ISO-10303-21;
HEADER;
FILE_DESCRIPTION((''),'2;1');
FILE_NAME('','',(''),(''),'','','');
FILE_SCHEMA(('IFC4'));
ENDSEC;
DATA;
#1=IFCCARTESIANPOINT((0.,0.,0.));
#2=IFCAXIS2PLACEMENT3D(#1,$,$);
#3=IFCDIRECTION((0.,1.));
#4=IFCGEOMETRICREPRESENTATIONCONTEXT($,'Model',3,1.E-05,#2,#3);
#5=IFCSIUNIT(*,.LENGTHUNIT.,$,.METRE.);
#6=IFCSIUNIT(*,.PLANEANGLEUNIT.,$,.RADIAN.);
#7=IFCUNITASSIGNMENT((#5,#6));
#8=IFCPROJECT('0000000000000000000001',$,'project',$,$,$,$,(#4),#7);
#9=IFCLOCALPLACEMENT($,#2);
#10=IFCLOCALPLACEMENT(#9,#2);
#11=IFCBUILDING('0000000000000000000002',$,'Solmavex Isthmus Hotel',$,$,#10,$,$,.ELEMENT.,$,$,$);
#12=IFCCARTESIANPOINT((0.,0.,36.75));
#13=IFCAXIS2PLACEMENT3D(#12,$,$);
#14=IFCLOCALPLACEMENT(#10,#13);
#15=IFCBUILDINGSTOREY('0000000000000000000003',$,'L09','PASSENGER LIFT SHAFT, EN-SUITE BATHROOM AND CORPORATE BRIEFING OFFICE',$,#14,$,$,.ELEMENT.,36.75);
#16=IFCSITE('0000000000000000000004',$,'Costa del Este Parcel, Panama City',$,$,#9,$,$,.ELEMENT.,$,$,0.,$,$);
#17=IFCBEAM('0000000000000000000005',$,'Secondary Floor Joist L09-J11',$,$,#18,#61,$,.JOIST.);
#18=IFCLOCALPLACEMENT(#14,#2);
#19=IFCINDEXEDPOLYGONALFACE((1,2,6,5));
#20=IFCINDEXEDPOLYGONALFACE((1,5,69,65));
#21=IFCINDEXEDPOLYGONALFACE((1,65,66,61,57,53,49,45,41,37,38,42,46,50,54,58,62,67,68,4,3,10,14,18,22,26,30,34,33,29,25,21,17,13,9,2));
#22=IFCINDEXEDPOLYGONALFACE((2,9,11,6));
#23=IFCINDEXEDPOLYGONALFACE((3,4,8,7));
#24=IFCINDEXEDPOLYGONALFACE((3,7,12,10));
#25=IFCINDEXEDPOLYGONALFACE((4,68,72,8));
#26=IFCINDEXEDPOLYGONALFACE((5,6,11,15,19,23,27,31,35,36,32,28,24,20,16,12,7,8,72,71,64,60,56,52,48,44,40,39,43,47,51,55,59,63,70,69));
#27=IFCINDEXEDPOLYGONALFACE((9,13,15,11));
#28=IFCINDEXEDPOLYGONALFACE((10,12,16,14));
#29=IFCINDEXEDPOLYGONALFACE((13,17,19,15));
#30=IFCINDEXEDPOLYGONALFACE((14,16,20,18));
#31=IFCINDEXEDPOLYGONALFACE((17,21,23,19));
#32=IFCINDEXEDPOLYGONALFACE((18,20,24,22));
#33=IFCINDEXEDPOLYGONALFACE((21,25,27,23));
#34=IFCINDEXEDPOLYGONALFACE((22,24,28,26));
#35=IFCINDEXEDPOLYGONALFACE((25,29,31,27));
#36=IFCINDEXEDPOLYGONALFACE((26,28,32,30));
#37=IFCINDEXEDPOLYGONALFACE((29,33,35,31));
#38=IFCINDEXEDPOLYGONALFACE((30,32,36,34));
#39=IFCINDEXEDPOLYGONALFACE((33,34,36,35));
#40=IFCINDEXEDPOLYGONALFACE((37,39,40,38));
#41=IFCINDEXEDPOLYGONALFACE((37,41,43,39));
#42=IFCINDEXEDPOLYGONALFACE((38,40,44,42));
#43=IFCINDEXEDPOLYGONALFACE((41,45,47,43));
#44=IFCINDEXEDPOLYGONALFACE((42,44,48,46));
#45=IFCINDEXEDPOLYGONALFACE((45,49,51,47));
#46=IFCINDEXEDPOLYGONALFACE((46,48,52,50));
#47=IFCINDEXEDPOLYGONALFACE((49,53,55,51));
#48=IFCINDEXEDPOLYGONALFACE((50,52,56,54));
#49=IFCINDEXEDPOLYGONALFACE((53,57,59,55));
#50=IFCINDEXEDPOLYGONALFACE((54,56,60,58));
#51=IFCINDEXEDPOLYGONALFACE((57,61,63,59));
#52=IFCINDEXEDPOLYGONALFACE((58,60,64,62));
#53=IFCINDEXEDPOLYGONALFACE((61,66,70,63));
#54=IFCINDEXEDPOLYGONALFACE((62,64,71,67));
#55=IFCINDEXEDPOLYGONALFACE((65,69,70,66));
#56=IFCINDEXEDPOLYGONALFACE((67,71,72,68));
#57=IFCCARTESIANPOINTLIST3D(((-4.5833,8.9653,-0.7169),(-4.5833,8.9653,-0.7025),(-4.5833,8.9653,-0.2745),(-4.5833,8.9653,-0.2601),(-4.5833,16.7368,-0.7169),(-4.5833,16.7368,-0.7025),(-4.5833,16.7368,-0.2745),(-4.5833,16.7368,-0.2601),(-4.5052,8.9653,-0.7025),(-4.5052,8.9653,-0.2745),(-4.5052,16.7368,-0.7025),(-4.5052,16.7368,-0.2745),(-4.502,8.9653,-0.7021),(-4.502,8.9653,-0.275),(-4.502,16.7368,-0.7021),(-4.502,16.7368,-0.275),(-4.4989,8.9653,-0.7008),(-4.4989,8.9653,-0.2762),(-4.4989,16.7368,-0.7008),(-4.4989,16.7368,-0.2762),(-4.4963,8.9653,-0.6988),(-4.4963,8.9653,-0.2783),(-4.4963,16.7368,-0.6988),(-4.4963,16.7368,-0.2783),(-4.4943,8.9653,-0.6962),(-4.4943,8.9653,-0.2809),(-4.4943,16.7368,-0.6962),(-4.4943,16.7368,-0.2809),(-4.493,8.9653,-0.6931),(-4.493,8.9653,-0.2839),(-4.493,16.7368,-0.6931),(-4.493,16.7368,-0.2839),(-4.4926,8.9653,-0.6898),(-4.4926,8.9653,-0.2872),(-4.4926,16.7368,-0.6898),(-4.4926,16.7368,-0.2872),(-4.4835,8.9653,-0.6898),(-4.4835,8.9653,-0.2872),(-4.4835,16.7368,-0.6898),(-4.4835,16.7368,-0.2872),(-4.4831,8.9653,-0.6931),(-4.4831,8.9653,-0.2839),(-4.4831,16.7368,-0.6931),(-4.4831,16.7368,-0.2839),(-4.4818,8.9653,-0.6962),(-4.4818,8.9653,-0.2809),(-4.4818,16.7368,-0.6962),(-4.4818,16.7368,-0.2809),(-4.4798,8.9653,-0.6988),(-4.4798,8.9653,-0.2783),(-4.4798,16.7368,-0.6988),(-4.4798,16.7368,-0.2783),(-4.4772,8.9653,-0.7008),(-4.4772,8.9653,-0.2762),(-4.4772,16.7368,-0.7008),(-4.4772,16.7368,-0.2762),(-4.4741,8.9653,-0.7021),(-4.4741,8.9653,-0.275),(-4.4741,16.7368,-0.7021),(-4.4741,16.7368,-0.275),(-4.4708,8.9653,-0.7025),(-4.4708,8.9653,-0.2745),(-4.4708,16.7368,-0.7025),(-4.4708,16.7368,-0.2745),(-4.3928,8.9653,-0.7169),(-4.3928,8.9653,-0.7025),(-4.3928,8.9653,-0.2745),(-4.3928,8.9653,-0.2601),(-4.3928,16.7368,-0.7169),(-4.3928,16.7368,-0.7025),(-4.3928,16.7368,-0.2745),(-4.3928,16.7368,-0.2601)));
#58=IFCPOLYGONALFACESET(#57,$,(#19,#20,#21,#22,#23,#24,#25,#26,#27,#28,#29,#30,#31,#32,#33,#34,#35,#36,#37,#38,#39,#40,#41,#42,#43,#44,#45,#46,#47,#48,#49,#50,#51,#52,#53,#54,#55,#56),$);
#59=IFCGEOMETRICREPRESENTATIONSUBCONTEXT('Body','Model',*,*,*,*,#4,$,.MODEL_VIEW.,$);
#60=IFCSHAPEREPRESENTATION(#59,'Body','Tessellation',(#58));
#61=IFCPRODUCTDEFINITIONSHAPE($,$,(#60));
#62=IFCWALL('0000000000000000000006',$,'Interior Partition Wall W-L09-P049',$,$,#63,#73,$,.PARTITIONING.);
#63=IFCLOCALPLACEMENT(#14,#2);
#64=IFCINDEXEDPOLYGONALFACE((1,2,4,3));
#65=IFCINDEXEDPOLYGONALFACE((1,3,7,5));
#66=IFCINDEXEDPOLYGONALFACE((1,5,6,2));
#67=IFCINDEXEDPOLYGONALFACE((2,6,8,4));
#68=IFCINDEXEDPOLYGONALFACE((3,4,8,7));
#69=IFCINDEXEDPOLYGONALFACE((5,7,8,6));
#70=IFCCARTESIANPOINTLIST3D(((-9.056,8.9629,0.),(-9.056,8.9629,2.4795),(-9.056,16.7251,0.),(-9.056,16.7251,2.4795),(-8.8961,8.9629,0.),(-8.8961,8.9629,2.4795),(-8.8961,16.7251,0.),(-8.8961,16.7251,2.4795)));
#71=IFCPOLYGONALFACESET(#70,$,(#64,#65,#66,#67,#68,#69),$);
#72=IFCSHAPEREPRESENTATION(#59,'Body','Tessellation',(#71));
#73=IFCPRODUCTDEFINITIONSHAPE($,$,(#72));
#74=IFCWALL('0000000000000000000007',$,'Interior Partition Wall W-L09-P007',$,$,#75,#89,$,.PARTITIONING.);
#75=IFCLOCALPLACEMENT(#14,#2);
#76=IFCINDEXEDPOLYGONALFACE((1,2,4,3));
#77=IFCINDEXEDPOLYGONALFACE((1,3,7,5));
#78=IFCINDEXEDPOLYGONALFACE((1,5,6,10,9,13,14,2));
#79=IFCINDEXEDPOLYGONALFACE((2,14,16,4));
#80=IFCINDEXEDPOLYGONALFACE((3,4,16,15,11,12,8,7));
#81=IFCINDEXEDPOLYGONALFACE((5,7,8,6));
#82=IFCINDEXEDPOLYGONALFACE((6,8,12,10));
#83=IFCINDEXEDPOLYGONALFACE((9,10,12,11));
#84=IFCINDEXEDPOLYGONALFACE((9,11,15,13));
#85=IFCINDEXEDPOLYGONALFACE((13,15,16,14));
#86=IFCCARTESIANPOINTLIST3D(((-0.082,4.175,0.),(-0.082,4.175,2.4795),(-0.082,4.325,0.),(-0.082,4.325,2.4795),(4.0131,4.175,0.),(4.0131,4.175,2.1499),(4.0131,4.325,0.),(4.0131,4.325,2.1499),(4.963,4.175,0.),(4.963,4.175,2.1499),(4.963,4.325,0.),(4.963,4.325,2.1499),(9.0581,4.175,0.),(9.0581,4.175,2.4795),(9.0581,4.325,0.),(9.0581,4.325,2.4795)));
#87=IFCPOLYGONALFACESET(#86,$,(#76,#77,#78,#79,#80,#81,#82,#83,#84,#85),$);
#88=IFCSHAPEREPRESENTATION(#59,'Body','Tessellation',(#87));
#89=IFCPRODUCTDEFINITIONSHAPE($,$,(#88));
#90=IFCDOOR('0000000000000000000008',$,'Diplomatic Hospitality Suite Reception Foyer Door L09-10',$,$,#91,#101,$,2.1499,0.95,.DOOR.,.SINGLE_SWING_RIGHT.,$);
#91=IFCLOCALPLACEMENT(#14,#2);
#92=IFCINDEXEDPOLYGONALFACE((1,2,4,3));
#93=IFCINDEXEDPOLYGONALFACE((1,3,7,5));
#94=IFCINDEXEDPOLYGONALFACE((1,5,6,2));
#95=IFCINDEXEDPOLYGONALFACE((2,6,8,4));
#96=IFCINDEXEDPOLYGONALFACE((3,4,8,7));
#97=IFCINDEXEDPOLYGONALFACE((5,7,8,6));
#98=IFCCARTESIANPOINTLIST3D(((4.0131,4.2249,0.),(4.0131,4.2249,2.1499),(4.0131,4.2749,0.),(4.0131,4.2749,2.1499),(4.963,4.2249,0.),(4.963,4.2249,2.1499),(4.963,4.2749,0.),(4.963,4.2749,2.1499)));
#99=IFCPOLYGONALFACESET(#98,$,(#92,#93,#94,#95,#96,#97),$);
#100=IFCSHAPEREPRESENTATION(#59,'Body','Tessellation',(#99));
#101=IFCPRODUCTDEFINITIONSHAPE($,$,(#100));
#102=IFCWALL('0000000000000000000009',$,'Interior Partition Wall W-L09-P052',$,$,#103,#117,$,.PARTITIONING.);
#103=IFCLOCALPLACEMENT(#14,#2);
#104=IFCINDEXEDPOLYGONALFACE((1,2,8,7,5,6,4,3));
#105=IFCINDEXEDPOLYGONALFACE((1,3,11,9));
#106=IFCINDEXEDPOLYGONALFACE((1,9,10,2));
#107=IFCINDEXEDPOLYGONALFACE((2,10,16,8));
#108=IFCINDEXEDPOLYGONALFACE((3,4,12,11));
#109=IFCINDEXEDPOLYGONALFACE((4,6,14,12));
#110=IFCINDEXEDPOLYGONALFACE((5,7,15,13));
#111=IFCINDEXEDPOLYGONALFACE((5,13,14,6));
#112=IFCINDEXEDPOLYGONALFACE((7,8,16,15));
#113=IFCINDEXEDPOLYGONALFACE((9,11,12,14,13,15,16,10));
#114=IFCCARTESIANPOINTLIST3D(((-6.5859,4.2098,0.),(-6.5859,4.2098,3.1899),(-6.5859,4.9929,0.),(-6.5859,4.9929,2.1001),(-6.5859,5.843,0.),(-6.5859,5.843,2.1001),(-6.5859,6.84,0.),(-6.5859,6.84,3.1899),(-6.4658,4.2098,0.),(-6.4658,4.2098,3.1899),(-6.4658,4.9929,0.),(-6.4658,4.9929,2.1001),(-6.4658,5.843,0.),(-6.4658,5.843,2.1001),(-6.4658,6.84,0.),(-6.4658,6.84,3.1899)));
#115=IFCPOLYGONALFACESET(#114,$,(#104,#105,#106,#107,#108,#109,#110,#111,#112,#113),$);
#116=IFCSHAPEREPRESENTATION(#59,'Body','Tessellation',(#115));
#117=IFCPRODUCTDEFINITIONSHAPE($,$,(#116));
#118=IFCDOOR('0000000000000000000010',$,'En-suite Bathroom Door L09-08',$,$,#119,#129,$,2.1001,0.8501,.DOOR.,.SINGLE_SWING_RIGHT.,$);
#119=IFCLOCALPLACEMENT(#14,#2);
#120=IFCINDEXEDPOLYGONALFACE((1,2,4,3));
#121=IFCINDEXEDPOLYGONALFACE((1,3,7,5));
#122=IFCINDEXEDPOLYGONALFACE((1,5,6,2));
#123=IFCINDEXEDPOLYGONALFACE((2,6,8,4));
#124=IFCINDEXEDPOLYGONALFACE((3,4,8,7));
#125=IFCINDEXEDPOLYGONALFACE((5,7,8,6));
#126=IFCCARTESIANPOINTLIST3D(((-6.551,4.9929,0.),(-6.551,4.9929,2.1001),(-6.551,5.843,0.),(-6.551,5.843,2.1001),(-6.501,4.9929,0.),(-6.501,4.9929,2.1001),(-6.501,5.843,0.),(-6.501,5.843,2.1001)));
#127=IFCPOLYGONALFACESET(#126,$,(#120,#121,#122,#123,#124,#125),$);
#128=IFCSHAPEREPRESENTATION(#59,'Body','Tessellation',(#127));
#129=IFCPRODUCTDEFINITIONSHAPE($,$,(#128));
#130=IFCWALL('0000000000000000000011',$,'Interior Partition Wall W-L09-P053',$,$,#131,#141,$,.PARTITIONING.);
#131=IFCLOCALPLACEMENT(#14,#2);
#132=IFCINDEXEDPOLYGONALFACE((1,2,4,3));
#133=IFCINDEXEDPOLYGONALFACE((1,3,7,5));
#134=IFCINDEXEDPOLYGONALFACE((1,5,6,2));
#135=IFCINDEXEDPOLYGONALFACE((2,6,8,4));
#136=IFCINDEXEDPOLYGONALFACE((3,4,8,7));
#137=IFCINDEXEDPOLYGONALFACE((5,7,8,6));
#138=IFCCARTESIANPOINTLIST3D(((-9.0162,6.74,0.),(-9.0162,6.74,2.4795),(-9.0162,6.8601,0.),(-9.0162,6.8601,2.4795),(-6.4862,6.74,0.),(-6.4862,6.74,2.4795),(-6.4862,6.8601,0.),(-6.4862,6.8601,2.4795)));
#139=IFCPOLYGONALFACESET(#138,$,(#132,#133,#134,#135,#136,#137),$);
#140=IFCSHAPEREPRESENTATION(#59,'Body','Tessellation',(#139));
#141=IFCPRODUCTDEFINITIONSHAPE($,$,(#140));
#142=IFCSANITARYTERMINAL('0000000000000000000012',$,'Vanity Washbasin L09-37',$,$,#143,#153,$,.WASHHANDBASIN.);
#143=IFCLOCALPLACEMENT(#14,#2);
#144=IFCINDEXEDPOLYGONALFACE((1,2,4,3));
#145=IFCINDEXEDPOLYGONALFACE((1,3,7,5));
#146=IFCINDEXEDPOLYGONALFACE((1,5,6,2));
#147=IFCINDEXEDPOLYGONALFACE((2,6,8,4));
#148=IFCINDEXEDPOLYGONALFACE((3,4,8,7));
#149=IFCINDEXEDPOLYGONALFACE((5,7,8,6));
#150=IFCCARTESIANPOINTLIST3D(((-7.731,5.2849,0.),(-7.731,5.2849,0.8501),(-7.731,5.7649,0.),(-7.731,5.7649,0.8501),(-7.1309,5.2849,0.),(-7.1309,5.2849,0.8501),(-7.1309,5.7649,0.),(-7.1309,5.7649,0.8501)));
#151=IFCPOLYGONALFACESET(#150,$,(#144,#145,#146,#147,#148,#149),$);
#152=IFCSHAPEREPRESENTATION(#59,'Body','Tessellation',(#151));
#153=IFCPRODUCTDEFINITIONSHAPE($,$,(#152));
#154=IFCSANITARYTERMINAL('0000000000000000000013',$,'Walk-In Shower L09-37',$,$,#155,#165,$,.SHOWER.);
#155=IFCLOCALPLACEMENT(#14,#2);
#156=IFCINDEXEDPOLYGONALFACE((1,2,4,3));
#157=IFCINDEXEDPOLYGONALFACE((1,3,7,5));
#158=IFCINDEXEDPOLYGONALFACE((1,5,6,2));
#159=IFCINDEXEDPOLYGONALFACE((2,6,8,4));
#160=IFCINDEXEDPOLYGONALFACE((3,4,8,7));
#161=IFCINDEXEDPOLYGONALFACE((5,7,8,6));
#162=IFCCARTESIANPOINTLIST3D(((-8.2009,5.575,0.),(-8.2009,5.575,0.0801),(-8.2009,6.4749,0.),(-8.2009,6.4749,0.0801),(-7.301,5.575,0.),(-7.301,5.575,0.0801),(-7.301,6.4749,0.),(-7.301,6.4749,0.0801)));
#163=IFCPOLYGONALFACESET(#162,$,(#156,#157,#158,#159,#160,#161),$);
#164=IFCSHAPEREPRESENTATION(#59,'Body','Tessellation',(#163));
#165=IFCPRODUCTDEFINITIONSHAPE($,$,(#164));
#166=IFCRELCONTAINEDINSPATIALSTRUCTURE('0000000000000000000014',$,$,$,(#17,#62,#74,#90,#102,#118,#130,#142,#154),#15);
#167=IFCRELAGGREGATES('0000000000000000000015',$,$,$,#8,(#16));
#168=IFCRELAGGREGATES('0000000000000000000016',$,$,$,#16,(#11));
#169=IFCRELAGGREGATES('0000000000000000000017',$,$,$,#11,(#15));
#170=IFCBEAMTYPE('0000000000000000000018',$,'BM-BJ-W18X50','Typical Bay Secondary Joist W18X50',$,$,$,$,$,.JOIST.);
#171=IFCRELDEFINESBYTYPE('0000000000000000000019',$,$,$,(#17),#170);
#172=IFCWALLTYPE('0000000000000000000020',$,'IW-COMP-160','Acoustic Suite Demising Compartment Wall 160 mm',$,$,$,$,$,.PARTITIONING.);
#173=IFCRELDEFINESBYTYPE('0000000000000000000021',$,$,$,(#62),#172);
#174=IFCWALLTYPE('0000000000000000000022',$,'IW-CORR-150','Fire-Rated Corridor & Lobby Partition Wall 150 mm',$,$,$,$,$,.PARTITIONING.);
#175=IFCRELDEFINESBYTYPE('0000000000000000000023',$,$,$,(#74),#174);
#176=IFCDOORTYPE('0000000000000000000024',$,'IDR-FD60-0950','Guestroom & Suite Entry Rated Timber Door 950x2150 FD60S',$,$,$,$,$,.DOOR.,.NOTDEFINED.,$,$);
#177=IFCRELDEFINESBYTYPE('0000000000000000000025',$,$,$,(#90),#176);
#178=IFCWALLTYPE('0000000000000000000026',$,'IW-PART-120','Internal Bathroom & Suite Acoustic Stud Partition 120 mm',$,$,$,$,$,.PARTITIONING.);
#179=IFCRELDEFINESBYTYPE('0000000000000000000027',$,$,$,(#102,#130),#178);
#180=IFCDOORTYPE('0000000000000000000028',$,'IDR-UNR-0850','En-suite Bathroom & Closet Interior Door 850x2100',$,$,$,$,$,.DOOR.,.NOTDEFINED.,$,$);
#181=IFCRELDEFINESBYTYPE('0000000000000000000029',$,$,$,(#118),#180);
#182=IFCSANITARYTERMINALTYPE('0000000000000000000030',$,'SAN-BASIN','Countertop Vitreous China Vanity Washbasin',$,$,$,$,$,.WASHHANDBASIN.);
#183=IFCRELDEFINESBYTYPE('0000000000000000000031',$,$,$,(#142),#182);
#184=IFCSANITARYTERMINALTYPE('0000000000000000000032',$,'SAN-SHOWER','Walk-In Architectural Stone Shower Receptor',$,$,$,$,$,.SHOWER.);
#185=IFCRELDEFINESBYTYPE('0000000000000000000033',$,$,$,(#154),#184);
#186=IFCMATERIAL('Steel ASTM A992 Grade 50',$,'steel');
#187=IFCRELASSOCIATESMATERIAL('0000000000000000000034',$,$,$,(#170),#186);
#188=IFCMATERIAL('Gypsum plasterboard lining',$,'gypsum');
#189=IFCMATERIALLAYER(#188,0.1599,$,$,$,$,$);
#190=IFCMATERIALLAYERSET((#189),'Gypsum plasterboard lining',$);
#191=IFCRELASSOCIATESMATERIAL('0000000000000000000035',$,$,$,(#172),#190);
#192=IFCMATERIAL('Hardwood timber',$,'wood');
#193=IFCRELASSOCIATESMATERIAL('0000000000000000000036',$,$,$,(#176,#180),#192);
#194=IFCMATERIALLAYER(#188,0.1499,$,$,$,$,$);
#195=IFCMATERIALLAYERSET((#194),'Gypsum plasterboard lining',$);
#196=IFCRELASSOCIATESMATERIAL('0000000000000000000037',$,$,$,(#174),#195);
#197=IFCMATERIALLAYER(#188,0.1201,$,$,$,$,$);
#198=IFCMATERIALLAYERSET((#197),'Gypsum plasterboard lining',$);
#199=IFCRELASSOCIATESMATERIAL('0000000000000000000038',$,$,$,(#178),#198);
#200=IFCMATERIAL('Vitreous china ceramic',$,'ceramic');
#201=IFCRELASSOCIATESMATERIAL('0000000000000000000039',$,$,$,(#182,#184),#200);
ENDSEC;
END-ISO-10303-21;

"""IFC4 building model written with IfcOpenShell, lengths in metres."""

from ifc_helpers import new_model, si_unit, direction, frame, frame_2d, origin, origin_2d, place, context, subcontext, project, spatial, rectangle, i_section, extrude, material, layer, layer_set, material_profile, profile_set, type_object, element, fill, save


model = new_model("IFC4")

# Units and contexts
model_context = context("Model", 3, precision=1e-05, world=origin(), true_north=direction((0.0, 1.0)))
body_context = subcontext(model_context, "Body", "Model", "MODEL_VIEW")
ifc_project = project(units=[si_unit("LENGTHUNIT", "METRE"), si_unit("PLANEANGLEUNIT", "RADIAN")], contexts=[model_context])

# Site, building, storey
site_placement = place(None, origin())
site = spatial("IfcSite", under=ifc_project, at=site_placement, Name="Costa del Este Parcel, Panama City", CompositionType="ELEMENT", RefElevation=0.0)
building_placement = place(site_placement, origin())
building = spatial("IfcBuilding", under=site, at=building_placement, Name="Solmavex Isthmus Hotel", CompositionType="ELEMENT")
storey_placement = place(building_placement, frame((0.0, 0.0, 36.75)))
storey = spatial("IfcBuildingStorey", under=building, at=storey_placement, Name="L09", Description="PASSENGER LIFT SHAFT, EN-SUITE BATHROOM AND CORPORATE BRIEFING OFFICE", CompositionType="ELEMENT", Elevation=36.75)

# Beam
ifc_material_1 = material(Name="Steel ASTM A992 Grade 50", Category="steel")
ifc_material_profile_1 = material_profile(ifc_material_1, i_section(OverallWidth=0.1904, OverallDepth=0.4568, WebThickness=0.009, FlangeThickness=0.0144, FilletRadius=0.0127, at=origin_2d()), Name="W18X50")
ifc_profile_set_1 = profile_set([ifc_material_profile_1], Name="Steel ASTM A992 Grade 50")
beam_type_1 = type_object("IfcBeamType", Name="BM-BJ-W18X50", Description="Typical Bay Secondary Joist W18X50", PredefinedType="JOIST", material=ifc_profile_set_1)
beam_1_placement = place(storey_placement, frame((-4.488, 8.9653, -0.4885), z_axis=(0.0, 1.0, 0.0), x_axis=(-1.0, 0.0, 0.0)))
element("IfcBeam", 1, at=beam_1_placement, inside=storey, type_object=beam_type_1, Name="Secondary Floor Joist L09-J11", PredefinedType="JOIST", context=body_context, shape_type="SweptSolid", body=[
    extrude(i_section(OverallWidth=0.1904, OverallDepth=0.4568, WebThickness=0.009, FlangeThickness=0.0144, FilletRadius=0.0127, at=origin_2d()), origin(), (0.0, 0.0, 1.0), 7.7715),
])

# Wall
ifc_material_2 = material(Name="Gypsum plasterboard lining", Category="gypsum")
ifc_layer_1 = layer(ifc_material_2, 0.1599)
ifc_layer_set_1 = layer_set([ifc_layer_1], Name="Gypsum plasterboard lining")
wall_type_1 = type_object("IfcWallType", Name="IW-COMP-160", Description="Acoustic Suite Demising Compartment Wall 160 mm", PredefinedType="PARTITIONING", material=ifc_layer_set_1)
wall_1_placement = place(storey_placement, frame((-8.9761, 16.7251, 0.0), z_axis=(0.0, 0.0, 1.0), x_axis=(0.0, -1.0, 0.0)))
element("IfcWall", 2, at=wall_1_placement, inside=storey, type_object=wall_type_1, Name="Interior Partition Wall W-L09-P049", PredefinedType="PARTITIONING", context=body_context, shape_type="SweptSolid", body=[
    extrude(rectangle(XDim=7.7622, YDim=0.1599, at=frame_2d((3.8811, 0.0))), origin(), (0.0, 0.0, 1.0), 2.4795),
])

# Walls, openings, doors
ifc_material_3 = material(Name="Hardwood timber", Category="wood")
door_type_1 = type_object("IfcDoorType", Name="IDR-FD60-0950", Description="Guestroom & Suite Entry Rated Timber Door 950x2150 FD60S", OperationType="NOTDEFINED", PredefinedType="DOOR", material=ifc_material_3)
ifc_layer_2 = layer(ifc_material_2, 0.1499)
ifc_layer_set_2 = layer_set([ifc_layer_2], Name="Gypsum plasterboard lining")
wall_type_2 = type_object("IfcWallType", Name="IW-CORR-150", Description="Fire-Rated Corridor & Lobby Partition Wall 150 mm", PredefinedType="PARTITIONING", material=ifc_layer_set_2)
wall_2_placement = place(storey_placement, frame((-0.082, 4.25, 0.0), z_axis=(0.0, 0.0, 1.0), x_axis=(1.0, 0.0, 0.0)))
wall_2 = element("IfcWall", 3, at=wall_2_placement, inside=storey, type_object=wall_type_2, Name="Interior Partition Wall W-L09-P007", PredefinedType="PARTITIONING", context=body_context, shape_type="SweptSolid", body=[
    extrude(rectangle(XDim=9.1401, YDim=0.1499, at=frame_2d((4.5701, 0.0))), origin(), (0.0, 0.0, 1.0), 2.4795),
])
opening_1_placement = place(wall_2_placement, frame((4.095, 0.0, 0.0)))
opening_1 = element("IfcOpeningElement", 4, at=opening_1_placement, cuts=wall_2, PredefinedType="OPENING", context=body_context, shape_type="SweptSolid", body=[
    extrude(rectangle(XDim=0.95, YDim=2.1499, at=frame_2d((0.4751, 1.075))), frame((0.0, 0.085, 0.0), z_axis=(0.0, -1.0, 0.0), x_axis=(1.0, 0.0, 0.0)), (0.0, 0.0, 1.0), 0.1699),
])
door_1_placement = place(opening_1_placement, origin())
door_1 = element("IfcDoor", 5, at=door_1_placement, inside=storey, type_object=door_type_1, Name="Diplomatic Hospitality Suite Reception Foyer Door L09-10", OperationType="SINGLE_SWING_RIGHT", OverallHeight=2.1499, OverallWidth=0.95, PredefinedType="DOOR", context=body_context, shape_type="SweptSolid", body=[
    extrude(rectangle(XDim=0.95, YDim=2.1499, at=frame_2d((0.4751, 1.075))), frame((0.0, 0.0249, 0.0), z_axis=(0.0, -1.0, 0.0), x_axis=(1.0, 0.0, 0.0)), (0.0, 0.0, 1.0), 0.05),
])
fill(opening_1, door_1)
ifc_layer_3 = layer(ifc_material_2, 0.1201)
ifc_layer_set_3 = layer_set([ifc_layer_3], Name="Gypsum plasterboard lining")
wall_type_3 = type_object("IfcWallType", Name="IW-PART-120", Description="Internal Bathroom & Suite Acoustic Stud Partition 120 mm", PredefinedType="PARTITIONING", material=ifc_layer_set_3)
wall_3_placement = place(storey_placement, frame((-6.5259, 4.21, 0.0), z_axis=(0.0, 0.0, 1.0), x_axis=(0.0, 1.0, 0.0)))
wall_3 = element("IfcWall", 6, at=wall_3_placement, inside=storey, type_object=wall_type_3, Name="Interior Partition Wall W-L09-P052", PredefinedType="PARTITIONING", context=body_context, shape_type="SweptSolid", body=[
    extrude(rectangle(XDim=2.6301, YDim=0.1201, at=frame_2d((1.3149, 0.0))), origin(), (0.0, 0.0, 1.0), 3.1899),
])
opening_2_placement = place(wall_3_placement, frame((0.783, 0.0, 0.0)))
opening_2 = element("IfcOpeningElement", 7, at=opening_2_placement, cuts=wall_3, PredefinedType="OPENING", context=body_context, shape_type="SweptSolid", body=[
    extrude(rectangle(XDim=0.8501, YDim=2.1001, at=frame_2d((0.425, 1.05))), frame((0.0, 0.0701, 0.0), z_axis=(0.0, -1.0, 0.0), x_axis=(1.0, 0.0, 0.0)), (0.0, 0.0, 1.0), 0.1401),
])
door_type_2 = type_object("IfcDoorType", Name="IDR-UNR-0850", Description="En-suite Bathroom & Closet Interior Door 850x2100", OperationType="NOTDEFINED", PredefinedType="DOOR", material=ifc_material_3)
door_2_placement = place(opening_2_placement, frame((0.8501, 0.0, 0.0), z_axis=(0.0, 0.0, 1.0), x_axis=(-1.0, 0.0, 0.0)))
door_2 = element("IfcDoor", 8, at=door_2_placement, inside=storey, type_object=door_type_2, Name="En-suite Bathroom Door L09-08", OperationType="SINGLE_SWING_RIGHT", OverallHeight=2.1001, OverallWidth=0.8501, PredefinedType="DOOR", context=body_context, shape_type="SweptSolid", body=[
    extrude(rectangle(XDim=0.8501, YDim=2.1001, at=frame_2d((0.425, 1.05))), frame((0.0, 0.0249, 0.0), z_axis=(0.0, -1.0, 0.0), x_axis=(1.0, 0.0, 0.0)), (0.0, 0.0, 1.0), 0.05),
])
fill(opening_2, door_2)

# Wall
wall_4_placement = place(storey_placement, frame((-6.4861, 6.8, 0.0), z_axis=(0.0, 0.0, 1.0), x_axis=(-1.0, 0.0, 0.0)))
element("IfcWall", 9, at=wall_4_placement, inside=storey, type_object=wall_type_3, Name="Interior Partition Wall W-L09-P053", PredefinedType="PARTITIONING", context=body_context, shape_type="SweptSolid", body=[
    extrude(rectangle(XDim=2.53, YDim=0.1201, at=frame_2d((1.2651, 0.0))), origin(), (0.0, 0.0, 1.0), 2.4795),
])

# Sanitary terminals
ifc_material_4 = material(Name="Vitreous china ceramic", Category="ceramic")
sanitary_terminal_type_1 = type_object("IfcSanitaryTerminalType", Name="SAN-BASIN", Description="Countertop Vitreous China Vanity Washbasin", PredefinedType="WASHHANDBASIN", material=ifc_material_4)
sanitary_terminal_1_placement = place(storey_placement, frame((-7.4309, 5.5249, 0.0), z_axis=(0.0, 0.0, 1.0), x_axis=(1.0, 0.0, 0.0)))
element("IfcSanitaryTerminal", 10, at=sanitary_terminal_1_placement, inside=storey, type_object=sanitary_terminal_type_1, Name="Vanity Washbasin L09-37", PredefinedType="WASHHANDBASIN", context=body_context, shape_type="SweptSolid", body=[
    extrude(rectangle(XDim=0.6001, YDim=0.48, at=origin_2d()), origin(), (0.0, 0.0, 1.0), 0.8501),
])
sanitary_terminal_type_2 = type_object("IfcSanitaryTerminalType", Name="SAN-SHOWER", Description="Walk-In Architectural Stone Shower Receptor", PredefinedType="SHOWER", material=ifc_material_4)
sanitary_terminal_2_placement = place(storey_placement, frame((-7.751, 6.0249, 0.0), z_axis=(0.0, 0.0, 1.0), x_axis=(1.0, 0.0, 0.0)))
element("IfcSanitaryTerminal", 11, at=sanitary_terminal_2_placement, inside=storey, type_object=sanitary_terminal_type_2, Name="Walk-In Shower L09-37", PredefinedType="SHOWER", context=body_context, shape_type="SweptSolid", body=[
    extrude(rectangle(XDim=0.8999, YDim=0.8999, at=origin_2d()), origin(), (0.0, 0.0, 1.0), 0.0801),
])

save(model, "model.ifc")
